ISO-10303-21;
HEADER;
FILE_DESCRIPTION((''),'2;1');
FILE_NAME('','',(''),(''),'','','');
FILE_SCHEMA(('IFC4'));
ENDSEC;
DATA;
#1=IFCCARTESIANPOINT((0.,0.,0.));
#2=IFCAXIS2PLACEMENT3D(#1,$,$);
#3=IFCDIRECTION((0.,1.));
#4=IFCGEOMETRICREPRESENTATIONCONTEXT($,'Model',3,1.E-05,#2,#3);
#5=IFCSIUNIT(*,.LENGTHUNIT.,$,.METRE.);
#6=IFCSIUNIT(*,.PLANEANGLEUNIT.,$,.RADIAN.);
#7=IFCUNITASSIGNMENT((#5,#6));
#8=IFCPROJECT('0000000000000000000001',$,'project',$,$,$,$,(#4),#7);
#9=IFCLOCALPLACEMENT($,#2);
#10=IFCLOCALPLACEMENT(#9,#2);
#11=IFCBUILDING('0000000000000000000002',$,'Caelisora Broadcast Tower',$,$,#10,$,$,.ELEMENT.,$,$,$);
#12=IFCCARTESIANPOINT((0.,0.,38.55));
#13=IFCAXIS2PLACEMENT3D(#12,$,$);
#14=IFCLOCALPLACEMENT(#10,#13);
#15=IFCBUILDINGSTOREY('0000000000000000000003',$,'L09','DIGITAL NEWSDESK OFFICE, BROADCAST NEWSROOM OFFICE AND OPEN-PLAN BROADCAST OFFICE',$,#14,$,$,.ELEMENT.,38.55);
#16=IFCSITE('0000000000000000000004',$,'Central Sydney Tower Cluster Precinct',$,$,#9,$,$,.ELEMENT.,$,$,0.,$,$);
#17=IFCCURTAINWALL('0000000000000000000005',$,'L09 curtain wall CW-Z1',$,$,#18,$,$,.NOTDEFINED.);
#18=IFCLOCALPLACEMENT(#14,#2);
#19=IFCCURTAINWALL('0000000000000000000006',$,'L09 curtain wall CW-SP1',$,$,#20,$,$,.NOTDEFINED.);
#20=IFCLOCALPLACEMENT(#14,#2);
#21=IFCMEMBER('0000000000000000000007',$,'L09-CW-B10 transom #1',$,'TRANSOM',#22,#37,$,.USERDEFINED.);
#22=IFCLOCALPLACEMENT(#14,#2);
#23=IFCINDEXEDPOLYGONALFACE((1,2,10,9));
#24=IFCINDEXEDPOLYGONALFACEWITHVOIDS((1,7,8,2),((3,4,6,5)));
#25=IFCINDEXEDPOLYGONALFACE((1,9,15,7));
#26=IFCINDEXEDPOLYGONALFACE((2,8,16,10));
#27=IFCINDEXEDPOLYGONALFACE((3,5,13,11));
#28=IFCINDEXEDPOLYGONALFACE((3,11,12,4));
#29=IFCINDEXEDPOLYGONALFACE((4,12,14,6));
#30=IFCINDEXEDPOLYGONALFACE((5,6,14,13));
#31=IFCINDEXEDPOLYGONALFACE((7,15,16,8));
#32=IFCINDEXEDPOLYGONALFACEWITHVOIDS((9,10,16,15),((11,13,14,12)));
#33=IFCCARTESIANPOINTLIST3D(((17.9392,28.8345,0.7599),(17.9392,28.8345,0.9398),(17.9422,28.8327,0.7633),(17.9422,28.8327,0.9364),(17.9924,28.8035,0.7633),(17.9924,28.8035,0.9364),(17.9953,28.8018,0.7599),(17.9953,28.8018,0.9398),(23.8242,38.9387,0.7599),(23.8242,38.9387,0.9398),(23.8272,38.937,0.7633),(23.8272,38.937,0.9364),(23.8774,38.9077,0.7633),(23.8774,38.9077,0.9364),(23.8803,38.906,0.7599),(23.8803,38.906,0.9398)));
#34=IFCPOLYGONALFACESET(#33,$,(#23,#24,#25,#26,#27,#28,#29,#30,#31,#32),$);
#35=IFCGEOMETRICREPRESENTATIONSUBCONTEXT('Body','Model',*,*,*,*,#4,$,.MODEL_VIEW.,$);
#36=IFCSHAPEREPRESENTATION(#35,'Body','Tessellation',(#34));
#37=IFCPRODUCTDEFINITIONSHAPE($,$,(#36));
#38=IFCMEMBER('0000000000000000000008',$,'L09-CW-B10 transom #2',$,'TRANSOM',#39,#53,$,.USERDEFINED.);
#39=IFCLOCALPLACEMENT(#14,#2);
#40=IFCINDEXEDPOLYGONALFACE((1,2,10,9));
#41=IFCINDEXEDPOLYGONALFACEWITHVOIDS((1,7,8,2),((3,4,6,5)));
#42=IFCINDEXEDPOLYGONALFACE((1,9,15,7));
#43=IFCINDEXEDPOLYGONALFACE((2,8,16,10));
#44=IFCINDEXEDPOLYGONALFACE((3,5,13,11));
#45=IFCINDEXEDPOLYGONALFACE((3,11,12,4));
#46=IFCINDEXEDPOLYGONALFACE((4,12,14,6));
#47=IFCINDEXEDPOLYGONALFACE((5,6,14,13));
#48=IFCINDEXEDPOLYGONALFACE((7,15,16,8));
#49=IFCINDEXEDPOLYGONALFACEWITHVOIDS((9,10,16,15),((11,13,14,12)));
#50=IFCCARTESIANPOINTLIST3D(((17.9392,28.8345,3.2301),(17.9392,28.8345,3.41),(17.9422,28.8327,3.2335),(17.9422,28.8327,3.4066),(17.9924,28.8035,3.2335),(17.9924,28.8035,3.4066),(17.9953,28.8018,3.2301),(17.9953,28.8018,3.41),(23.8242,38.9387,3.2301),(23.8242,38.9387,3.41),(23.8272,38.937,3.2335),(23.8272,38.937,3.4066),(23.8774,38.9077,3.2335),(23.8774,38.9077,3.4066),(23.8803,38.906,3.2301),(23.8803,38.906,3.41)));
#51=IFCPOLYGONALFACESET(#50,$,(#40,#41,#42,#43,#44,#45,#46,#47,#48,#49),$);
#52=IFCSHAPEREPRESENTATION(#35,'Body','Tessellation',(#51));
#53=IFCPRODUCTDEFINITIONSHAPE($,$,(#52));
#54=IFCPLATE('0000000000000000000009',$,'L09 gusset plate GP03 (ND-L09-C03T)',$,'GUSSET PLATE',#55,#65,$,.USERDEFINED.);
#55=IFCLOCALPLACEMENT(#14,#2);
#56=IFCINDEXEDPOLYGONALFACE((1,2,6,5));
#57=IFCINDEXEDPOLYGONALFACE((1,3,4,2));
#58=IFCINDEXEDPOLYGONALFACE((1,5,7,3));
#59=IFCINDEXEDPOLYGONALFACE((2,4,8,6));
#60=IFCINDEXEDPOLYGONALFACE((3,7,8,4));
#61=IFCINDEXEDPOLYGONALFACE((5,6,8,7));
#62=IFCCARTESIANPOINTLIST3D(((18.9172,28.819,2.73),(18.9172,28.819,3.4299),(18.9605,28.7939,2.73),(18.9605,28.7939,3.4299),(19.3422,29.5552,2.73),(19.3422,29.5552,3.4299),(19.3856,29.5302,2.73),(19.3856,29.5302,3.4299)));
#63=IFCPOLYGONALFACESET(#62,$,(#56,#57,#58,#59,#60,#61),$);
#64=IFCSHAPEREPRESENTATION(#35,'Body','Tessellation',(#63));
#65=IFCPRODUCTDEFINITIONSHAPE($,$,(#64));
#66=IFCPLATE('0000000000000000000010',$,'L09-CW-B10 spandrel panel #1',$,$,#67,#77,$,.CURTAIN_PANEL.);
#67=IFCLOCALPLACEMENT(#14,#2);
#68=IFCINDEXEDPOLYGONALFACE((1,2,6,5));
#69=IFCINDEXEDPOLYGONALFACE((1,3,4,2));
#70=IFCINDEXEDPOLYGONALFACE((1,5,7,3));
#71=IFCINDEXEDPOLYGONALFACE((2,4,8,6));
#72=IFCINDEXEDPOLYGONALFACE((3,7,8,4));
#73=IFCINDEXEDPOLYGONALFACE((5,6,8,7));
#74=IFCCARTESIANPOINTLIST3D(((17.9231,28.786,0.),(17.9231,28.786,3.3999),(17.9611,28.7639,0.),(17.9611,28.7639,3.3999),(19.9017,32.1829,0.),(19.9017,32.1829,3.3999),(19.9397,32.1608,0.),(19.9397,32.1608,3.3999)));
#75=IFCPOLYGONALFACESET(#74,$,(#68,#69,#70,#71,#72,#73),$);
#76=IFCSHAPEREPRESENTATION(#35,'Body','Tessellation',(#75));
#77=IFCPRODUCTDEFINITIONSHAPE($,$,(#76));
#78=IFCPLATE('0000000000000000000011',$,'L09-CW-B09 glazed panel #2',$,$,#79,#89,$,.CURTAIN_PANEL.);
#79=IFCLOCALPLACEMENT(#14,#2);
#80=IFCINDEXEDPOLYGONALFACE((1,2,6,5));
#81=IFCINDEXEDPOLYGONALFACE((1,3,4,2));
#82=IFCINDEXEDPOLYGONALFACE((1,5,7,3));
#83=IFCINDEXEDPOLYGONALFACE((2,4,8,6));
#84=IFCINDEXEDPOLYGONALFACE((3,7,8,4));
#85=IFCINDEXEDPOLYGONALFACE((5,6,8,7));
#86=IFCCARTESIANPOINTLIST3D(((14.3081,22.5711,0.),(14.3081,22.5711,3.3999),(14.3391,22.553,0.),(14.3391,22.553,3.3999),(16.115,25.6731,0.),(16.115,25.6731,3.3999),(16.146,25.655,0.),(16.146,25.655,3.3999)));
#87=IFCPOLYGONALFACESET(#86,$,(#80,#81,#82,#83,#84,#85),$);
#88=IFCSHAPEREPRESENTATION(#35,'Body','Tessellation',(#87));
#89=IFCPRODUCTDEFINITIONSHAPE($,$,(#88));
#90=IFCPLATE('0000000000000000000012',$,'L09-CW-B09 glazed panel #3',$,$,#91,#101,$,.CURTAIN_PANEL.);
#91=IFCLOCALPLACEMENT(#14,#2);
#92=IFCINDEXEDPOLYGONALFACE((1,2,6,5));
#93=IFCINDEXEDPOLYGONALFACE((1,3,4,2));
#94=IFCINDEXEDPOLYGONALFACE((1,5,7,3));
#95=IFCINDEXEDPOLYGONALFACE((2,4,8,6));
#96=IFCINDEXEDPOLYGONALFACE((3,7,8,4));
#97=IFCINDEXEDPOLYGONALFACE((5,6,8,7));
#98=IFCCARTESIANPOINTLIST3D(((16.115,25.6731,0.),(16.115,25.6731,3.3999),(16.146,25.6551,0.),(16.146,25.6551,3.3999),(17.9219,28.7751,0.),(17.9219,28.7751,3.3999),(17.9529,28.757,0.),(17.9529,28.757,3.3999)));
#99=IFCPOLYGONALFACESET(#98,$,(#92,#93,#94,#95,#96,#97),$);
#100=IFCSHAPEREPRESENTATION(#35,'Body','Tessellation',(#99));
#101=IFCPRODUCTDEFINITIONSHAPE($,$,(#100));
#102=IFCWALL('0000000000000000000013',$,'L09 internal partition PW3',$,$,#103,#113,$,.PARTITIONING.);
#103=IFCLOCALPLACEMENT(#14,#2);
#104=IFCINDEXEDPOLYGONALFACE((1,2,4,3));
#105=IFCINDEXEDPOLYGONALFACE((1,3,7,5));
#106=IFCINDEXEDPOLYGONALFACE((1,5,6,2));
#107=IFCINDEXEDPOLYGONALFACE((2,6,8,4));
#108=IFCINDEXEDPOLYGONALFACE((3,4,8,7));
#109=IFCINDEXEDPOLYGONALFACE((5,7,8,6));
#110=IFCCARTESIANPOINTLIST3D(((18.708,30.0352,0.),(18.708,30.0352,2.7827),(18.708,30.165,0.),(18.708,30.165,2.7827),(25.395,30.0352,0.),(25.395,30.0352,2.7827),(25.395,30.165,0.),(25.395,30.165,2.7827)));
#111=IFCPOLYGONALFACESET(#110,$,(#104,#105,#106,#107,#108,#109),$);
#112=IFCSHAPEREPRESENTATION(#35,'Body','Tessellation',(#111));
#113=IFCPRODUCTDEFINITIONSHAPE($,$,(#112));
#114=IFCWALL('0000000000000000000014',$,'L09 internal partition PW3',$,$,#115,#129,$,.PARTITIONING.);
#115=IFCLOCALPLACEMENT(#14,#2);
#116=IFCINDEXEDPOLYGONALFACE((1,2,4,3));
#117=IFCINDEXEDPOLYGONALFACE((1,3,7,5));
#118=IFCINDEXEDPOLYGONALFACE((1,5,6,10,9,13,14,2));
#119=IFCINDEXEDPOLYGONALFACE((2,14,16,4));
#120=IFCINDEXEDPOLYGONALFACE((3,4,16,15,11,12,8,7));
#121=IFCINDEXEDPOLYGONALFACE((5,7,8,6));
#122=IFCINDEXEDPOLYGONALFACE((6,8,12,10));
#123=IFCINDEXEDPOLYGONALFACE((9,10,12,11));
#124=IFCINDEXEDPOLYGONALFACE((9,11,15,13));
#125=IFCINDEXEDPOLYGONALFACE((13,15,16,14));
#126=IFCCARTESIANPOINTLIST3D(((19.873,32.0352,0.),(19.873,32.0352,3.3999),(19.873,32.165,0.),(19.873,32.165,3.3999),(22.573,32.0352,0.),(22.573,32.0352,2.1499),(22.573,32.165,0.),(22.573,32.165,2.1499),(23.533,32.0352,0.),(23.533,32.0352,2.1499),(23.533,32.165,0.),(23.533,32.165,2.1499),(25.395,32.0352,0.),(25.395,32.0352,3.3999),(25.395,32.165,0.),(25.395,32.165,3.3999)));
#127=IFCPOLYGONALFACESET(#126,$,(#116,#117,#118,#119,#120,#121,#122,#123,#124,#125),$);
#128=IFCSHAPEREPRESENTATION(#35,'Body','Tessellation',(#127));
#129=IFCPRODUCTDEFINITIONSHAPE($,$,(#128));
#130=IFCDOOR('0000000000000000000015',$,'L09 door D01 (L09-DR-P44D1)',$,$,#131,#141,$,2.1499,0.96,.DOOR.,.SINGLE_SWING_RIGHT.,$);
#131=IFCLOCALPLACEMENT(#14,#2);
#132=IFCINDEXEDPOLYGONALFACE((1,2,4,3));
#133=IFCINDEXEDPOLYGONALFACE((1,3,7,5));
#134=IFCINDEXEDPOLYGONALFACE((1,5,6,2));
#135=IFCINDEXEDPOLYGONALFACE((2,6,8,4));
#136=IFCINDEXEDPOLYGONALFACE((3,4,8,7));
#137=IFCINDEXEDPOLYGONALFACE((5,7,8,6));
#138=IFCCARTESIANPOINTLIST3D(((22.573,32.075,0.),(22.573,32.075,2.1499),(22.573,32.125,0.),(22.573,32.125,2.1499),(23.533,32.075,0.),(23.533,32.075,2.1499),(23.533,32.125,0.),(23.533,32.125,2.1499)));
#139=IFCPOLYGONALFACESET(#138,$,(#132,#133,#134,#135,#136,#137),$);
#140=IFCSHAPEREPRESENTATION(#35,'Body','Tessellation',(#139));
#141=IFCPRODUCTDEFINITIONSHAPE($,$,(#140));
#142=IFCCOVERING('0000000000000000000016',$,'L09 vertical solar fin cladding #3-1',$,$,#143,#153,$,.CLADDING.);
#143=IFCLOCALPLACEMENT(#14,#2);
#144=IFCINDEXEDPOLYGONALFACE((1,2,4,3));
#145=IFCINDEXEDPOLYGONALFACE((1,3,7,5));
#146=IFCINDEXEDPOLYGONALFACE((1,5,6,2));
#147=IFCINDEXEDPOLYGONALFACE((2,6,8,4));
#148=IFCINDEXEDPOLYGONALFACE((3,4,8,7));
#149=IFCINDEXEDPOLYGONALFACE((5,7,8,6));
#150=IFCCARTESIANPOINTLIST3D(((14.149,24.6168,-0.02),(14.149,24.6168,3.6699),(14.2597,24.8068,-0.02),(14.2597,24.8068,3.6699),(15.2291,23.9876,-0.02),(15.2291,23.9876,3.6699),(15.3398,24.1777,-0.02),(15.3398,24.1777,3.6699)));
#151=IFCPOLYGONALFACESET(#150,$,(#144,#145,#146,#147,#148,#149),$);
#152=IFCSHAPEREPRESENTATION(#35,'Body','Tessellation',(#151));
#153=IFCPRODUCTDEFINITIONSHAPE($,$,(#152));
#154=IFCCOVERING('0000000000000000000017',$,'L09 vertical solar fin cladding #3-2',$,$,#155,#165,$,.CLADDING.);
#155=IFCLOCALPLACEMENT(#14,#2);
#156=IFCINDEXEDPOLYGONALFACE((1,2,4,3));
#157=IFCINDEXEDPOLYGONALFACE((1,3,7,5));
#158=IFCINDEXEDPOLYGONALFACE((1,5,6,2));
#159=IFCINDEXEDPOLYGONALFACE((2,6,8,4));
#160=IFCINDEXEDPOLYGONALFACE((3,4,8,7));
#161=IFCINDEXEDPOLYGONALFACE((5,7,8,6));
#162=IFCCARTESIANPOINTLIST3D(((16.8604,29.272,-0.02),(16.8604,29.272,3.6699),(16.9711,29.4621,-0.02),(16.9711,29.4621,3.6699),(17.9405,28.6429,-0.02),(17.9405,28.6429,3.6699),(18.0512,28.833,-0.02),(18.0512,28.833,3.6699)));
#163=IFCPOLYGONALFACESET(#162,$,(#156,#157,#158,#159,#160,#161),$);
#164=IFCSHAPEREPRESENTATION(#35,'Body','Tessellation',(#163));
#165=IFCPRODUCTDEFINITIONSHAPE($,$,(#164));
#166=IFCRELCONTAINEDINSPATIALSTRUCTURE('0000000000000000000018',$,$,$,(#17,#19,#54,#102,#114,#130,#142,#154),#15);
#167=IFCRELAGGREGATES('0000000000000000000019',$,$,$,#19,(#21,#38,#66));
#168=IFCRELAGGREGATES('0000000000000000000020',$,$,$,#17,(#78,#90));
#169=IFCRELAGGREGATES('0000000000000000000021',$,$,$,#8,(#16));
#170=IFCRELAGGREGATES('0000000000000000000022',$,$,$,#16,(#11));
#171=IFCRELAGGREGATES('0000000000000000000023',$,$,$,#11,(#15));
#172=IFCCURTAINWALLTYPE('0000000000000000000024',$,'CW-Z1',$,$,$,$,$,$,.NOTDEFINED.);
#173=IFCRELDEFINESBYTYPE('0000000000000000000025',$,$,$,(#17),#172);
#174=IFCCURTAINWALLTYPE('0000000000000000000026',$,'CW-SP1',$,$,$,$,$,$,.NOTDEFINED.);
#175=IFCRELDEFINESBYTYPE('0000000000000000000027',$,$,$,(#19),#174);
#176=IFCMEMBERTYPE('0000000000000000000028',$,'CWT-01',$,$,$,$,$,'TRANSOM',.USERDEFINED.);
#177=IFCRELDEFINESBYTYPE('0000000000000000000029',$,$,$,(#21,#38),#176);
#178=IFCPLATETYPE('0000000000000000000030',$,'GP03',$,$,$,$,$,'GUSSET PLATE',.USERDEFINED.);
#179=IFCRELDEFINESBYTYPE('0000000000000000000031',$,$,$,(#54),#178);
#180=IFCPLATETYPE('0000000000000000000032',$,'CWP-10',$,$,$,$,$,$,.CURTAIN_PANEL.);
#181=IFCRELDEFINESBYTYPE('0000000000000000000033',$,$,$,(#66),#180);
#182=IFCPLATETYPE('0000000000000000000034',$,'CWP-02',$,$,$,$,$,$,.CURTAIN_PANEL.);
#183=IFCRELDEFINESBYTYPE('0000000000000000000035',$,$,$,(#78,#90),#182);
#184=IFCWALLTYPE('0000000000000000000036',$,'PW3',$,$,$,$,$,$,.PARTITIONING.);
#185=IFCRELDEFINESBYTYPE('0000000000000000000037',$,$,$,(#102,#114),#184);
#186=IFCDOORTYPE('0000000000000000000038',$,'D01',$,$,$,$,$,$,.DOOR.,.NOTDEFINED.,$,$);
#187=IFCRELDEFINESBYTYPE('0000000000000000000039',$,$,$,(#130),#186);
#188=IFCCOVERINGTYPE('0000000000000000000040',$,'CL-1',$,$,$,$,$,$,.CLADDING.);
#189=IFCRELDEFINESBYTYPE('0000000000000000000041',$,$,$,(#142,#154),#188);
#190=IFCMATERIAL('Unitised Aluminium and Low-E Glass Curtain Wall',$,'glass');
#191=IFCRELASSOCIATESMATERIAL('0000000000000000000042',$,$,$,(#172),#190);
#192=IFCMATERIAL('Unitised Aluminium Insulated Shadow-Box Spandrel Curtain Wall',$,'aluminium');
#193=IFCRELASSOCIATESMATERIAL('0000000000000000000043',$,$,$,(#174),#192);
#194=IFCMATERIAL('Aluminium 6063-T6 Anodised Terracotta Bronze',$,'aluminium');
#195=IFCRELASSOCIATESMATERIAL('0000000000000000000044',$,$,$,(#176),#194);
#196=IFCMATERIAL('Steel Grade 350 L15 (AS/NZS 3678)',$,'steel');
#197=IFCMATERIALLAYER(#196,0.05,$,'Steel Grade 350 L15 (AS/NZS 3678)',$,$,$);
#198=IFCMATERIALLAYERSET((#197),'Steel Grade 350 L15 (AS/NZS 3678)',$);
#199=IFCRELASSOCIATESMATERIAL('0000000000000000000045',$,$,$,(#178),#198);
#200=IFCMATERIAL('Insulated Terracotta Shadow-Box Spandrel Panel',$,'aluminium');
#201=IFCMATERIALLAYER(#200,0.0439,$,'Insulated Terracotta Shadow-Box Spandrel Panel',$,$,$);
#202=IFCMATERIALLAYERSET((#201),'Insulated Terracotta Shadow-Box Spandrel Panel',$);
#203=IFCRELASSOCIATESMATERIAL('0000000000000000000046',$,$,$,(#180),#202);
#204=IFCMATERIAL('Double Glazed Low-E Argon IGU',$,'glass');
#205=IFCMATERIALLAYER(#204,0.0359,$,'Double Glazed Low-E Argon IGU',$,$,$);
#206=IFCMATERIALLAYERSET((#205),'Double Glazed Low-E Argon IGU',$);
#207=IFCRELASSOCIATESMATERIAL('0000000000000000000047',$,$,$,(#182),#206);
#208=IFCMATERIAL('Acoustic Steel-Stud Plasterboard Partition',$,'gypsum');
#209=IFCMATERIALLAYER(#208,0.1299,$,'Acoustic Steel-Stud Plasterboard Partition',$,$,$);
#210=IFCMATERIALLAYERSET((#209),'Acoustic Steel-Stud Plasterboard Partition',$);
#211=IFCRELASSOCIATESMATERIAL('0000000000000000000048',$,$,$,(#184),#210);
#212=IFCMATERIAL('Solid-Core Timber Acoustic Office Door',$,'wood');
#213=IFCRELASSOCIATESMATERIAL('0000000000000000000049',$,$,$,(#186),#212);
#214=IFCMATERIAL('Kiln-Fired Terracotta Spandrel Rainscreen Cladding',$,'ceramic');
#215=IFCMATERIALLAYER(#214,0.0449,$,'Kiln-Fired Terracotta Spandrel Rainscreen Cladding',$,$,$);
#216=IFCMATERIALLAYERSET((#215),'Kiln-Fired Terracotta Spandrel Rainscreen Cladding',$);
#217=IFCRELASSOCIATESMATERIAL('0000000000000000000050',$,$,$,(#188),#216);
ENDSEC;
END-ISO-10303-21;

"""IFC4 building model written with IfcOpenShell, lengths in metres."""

from ifc_helpers import new_model, si_unit, direction, frame, frame_2d, origin, origin_2d, place, context, subcontext, project, spatial, rectangle, hollow_rectangle, extrude, source, transform, mapped, material, layer, layer_set, material_profile, profile_set, type_object, type_shapes, element, fill, aggregate, save


model = new_model("IFC4")

# Units and contexts
model_context = context("Model", 3, precision=1e-05, world=origin(), true_north=direction((0.0, 1.0)))
body_context = subcontext(model_context, "Body", "Model", "MODEL_VIEW")
ifc_project = project(units=[si_unit("LENGTHUNIT", "METRE"), si_unit("PLANEANGLEUNIT", "RADIAN")], contexts=[model_context])

# Site, building, storey
site_placement = place(None, origin())
site = spatial("IfcSite", under=ifc_project, at=site_placement, Name="Central Sydney Tower Cluster Precinct", CompositionType="ELEMENT", RefElevation=0.0)
building_placement = place(site_placement, origin())
building = spatial("IfcBuilding", under=site, at=building_placement, Name="Caelisora Broadcast Tower", CompositionType="ELEMENT")
storey_placement = place(building_placement, frame((0.0, 0.0, 38.55)))
storey = spatial("IfcBuildingStorey", under=building, at=storey_placement, Name="L09", Description="DIGITAL NEWSDESK OFFICE, BROADCAST NEWSROOM OFFICE AND OPEN-PLAN BROADCAST OFFICE", CompositionType="ELEMENT", Elevation=38.55)

# Shared definitions
ifc_material_1 = material(Name="Steel Grade 350 L15 (AS/NZS 3678)", Category="steel")

# Curtain walls, members
ifc_material_2 = material(Name="Unitised Aluminium and Low-E Glass Curtain Wall", Category="glass")
curtain_wall_type_1 = type_object("IfcCurtainWallType", Name="CW-Z1", PredefinedType="NOTDEFINED", material=ifc_material_2)
curtain_wall_1_placement = place(storey_placement, origin())
curtain_wall_1 = element("IfcCurtainWall", 1, at=curtain_wall_1_placement, inside=storey, type_object=curtain_wall_type_1, Name="L09 curtain wall CW-Z1", PredefinedType="NOTDEFINED")
ifc_material_3 = material(Name="Aluminium 6063-T6 Anodised Terracotta Bronze", Category="aluminium")
ifc_material_4 = material(Name="Unitised Aluminium Insulated Shadow-Box Spandrel Curtain Wall", Category="aluminium")
curtain_wall_type_2 = type_object("IfcCurtainWallType", Name="CW-SP1", PredefinedType="NOTDEFINED", material=ifc_material_4)
curtain_wall_2_placement = place(storey_placement, origin())
curtain_wall_2 = element("IfcCurtainWall", 2, at=curtain_wall_2_placement, inside=storey, type_object=curtain_wall_type_2, Name="L09 curtain wall CW-SP1", PredefinedType="NOTDEFINED")
ifc_material_profile_1 = material_profile(ifc_material_3, hollow_rectangle(XDim=0.0649, YDim=0.1799, WallThickness=0.0034, at=origin_2d()), Name="Aluminium 6063-T6 Anodised Terracotta Bronze")
ifc_profile_set_1 = profile_set([ifc_material_profile_1], Name="Aluminium 6063-T6 Anodised Terracotta Bronze")
member_type_1 = type_object("IfcMemberType", Name="CWT-01", ElementType="TRANSOM", PredefinedType="USERDEFINED", material=ifc_profile_set_1)
shared_shape_1 = source(origin(), body_context, "Body", "SweptSolid", [
    extrude(hollow_rectangle(XDim=0.0649, YDim=0.1799, WallThickness=0.0034, at=origin_2d()), origin(), (0.0, 0.0, 1.0), 11.6931),
])
type_shapes(member_type_1, [shared_shape_1])
member_1_placement = place(storey_placement, frame((17.9673, 28.8181, 0.8499), z_axis=(0.503288, 0.864119, 0.0), x_axis=(-0.864119, 0.503288, 0.0)))
member_1 = element("IfcMember", 3, at=member_1_placement, type_object=member_type_1, Name="L09-CW-B10 transom #1", ObjectType="TRANSOM", PredefinedType="USERDEFINED", context=body_context, shape_type="MappedRepresentation", body=[
    mapped(shared_shape_1, transform((0.0, 0.0, 0.0), scale=1.0)),
])
member_2_placement = place(storey_placement, frame((17.9673, 28.8181, 3.3201), z_axis=(0.503288, 0.864119, 0.0), x_axis=(-0.864119, 0.503288, 0.0)))
member_2 = element("IfcMember", 4, at=member_2_placement, type_object=member_type_1, Name="L09-CW-B10 transom #2", ObjectType="TRANSOM", PredefinedType="USERDEFINED", context=body_context, shape_type="MappedRepresentation", body=[
    mapped(shared_shape_1, transform((0.0, 0.0, 0.0), scale=1.0)),
])

# Plates
ifc_layer_1 = layer(ifc_material_1, 0.05, Name="Steel Grade 350 L15 (AS/NZS 3678)")
ifc_layer_set_1 = layer_set([ifc_layer_1], Name="Steel Grade 350 L15 (AS/NZS 3678)")
plate_type_1 = type_object("IfcPlateType", Name="GP03", ElementType="GUSSET PLATE", PredefinedType="USERDEFINED", material=ifc_layer_set_1)
shared_shape_2 = source(origin(), body_context, "Body", "SweptSolid", [
    extrude(rectangle(XDim=0.8501, YDim=0.05, at=origin_2d()), origin(), (0.0, 0.0, 1.0), 0.7),
])
type_shapes(plate_type_1, [shared_shape_2])
plate_1_placement = place(storey_placement, frame((19.1514, 29.1746, 2.73), z_axis=(0.0, 0.0, 1.0), x_axis=(-0.5, -0.866025, 0.0)))
element("IfcPlate", 5, at=plate_1_placement, inside=storey, type_object=plate_type_1, Name="L09 gusset plate GP03 (ND-L09-C03T)", ObjectType="GUSSET PLATE", PredefinedType="USERDEFINED", context=body_context, shape_type="MappedRepresentation", body=[
    mapped(shared_shape_2, transform((0.0, 0.0, 0.0), scale=1.0)),
])
ifc_material_5 = material(Name="Insulated Terracotta Shadow-Box Spandrel Panel", Category="aluminium")
ifc_layer_2 = layer(ifc_material_5, 0.0439, Name="Insulated Terracotta Shadow-Box Spandrel Panel")
ifc_layer_set_2 = layer_set([ifc_layer_2], Name="Insulated Terracotta Shadow-Box Spandrel Panel")
plate_type_2 = type_object("IfcPlateType", Name="CWP-10", PredefinedType="CURTAIN_PANEL", material=ifc_layer_set_2)
shared_shape_3 = source(origin(), body_context, "Body", "SweptSolid", [
    extrude(rectangle(XDim=3.9312, YDim=0.0439, at=origin_2d()), origin(), (0.0, 0.0, 1.0), 3.3999),
])
type_shapes(plate_type_2, [shared_shape_3])
plate_2_placement = place(storey_placement, frame((18.9314, 30.4734, 0.0), z_axis=(0.0, 0.0, 1.0), x_axis=(0.503322, 0.864099, 0.0)))
plate_2 = element("IfcPlate", 6, at=plate_2_placement, type_object=plate_type_2, Name="L09-CW-B10 spandrel panel #1", PredefinedType="CURTAIN_PANEL", context=body_context, shape_type="MappedRepresentation", body=[
    mapped(shared_shape_3, transform((0.0, 0.0, 0.0), scale=1.0)),
])
aggregate(curtain_wall_2, [member_1, member_2, plate_2])
ifc_material_6 = material(Name="Double Glazed Low-E Argon IGU", Category="glass")
ifc_layer_3 = layer(ifc_material_6, 0.0359, Name="Double Glazed Low-E Argon IGU")
ifc_layer_set_3 = layer_set([ifc_layer_3], Name="Double Glazed Low-E Argon IGU")
plate_type_3 = type_object("IfcPlateType", Name="CWP-02", PredefinedType="CURTAIN_PANEL", material=ifc_layer_set_3)
shared_shape_4 = source(origin(), body_context, "Body", "SweptSolid", [
    extrude(rectangle(XDim=3.5898, YDim=0.0359, at=origin_2d()), origin(), (0.0, 0.0, 1.0), 3.3999),
])
type_shapes(plate_type_3, [shared_shape_4])
plate_3_placement = place(storey_placement, frame((15.2271, 24.113, 0.0), z_axis=(0.0, 0.0, 1.0), x_axis=(0.503322, 0.864099, 0.0)))
plate_3 = element("IfcPlate", 7, at=plate_3_placement, type_object=plate_type_3, Name="L09-CW-B09 glazed panel #2", PredefinedType="CURTAIN_PANEL", context=body_context, shape_type="MappedRepresentation", body=[
    mapped(shared_shape_4, transform((0.0, 0.0, 0.0), scale=1.0)),
])
plate_4_placement = place(storey_placement, frame((17.0339, 27.2151, 0.0), z_axis=(0.0, 0.0, 1.0), x_axis=(0.503322, 0.864099, 0.0)))
plate_4 = element("IfcPlate", 8, at=plate_4_placement, type_object=plate_type_3, Name="L09-CW-B09 glazed panel #3", PredefinedType="CURTAIN_PANEL", context=body_context, shape_type="MappedRepresentation", body=[
    mapped(shared_shape_4, transform((0.0, 0.0, 0.0), scale=1.0)),
])
aggregate(curtain_wall_1, [plate_3, plate_4])

# Wall
ifc_material_7 = material(Name="Acoustic Steel-Stud Plasterboard Partition", Category="gypsum")
ifc_layer_4 = layer(ifc_material_7, 0.1299, Name="Acoustic Steel-Stud Plasterboard Partition")
ifc_layer_set_4 = layer_set([ifc_layer_4], Name="Acoustic Steel-Stud Plasterboard Partition")
wall_type = type_object("IfcWallType", Name="PW3", PredefinedType="PARTITIONING", material=ifc_layer_set_4)
wall_1_placement = place(storey_placement, frame((25.395, 30.1001, 0.0), z_axis=(0.0, 0.0, 1.0), x_axis=(-1.0, 0.0, 0.0)))
element("IfcWall", 9, at=wall_1_placement, inside=storey, type_object=wall_type, Name="L09 internal partition PW3", PredefinedType="PARTITIONING", context=body_context, shape_type="SweptSolid", body=[
    extrude(rectangle(XDim=6.687, YDim=0.1299, at=frame_2d((3.3435, 0.0))), origin(), (0.0, 0.0, 1.0), 2.7827),
])

# Wall, opening, door
wall_2_placement = place(storey_placement, frame((19.873, 32.1001, 0.0), z_axis=(0.0, 0.0, 1.0), x_axis=(1.0, 0.0, 0.0)))
wall_2 = element("IfcWall", 10, at=wall_2_placement, inside=storey, type_object=wall_type, Name="L09 internal partition PW3", PredefinedType="PARTITIONING", context=body_context, shape_type="SweptSolid", body=[
    extrude(rectangle(XDim=5.522, YDim=0.1299, at=frame_2d((2.761, 0.0))), origin(), (0.0, 0.0, 1.0), 3.3999),
])
opening_placement = place(wall_2_placement, frame((2.7, 0.0, 0.0)))
opening = element("IfcOpeningElement", 11, at=opening_placement, cuts=wall_2, PredefinedType="OPENING", context=body_context, shape_type="SweptSolid", body=[
    extrude(rectangle(XDim=0.96, YDim=2.1499, at=frame_2d((0.48, 1.075))), frame((0.0, 0.0769, 0.0), z_axis=(0.0, -1.0, 0.0), x_axis=(1.0, 0.0, 0.0)), (0.0, 0.0, 1.0), 0.1538),
])
ifc_material_8 = material(Name="Solid-Core Timber Acoustic Office Door", Category="wood")
door_type = type_object("IfcDoorType", Name="D01", OperationType="NOTDEFINED", PredefinedType="DOOR", material=ifc_material_8)
door_placement = place(opening_placement, origin())
door = element("IfcDoor", 12, at=door_placement, inside=storey, type_object=door_type, Name="L09 door D01 (L09-DR-P44D1)", OperationType="SINGLE_SWING_RIGHT", OverallHeight=2.1499, OverallWidth=0.96, PredefinedType="DOOR", context=body_context, shape_type="SweptSolid", body=[
    extrude(rectangle(XDim=0.96, YDim=2.1499, at=frame_2d((0.48, 1.075))), frame((0.0, 0.0249, 0.0), z_axis=(0.0, -1.0, 0.0), x_axis=(1.0, 0.0, 0.0)), (0.0, 0.0, 1.0), 0.05),
])
fill(opening, door)

# Coverings
ifc_material_9 = material(Name="Kiln-Fired Terracotta Spandrel Rainscreen Cladding", Category="ceramic")
ifc_layer_5 = layer(ifc_material_9, 0.0449, Name="Kiln-Fired Terracotta Spandrel Rainscreen Cladding")
ifc_layer_set_5 = layer_set([ifc_layer_5], Name="Kiln-Fired Terracotta Spandrel Rainscreen Cladding")
covering_type = type_object("IfcCoveringType", Name="CL-1", PredefinedType="CLADDING", material=ifc_layer_set_5)
shared_shape_5 = source(origin(), body_context, "Body", "SweptSolid", [
    extrude(rectangle(XDim=0.22, YDim=1.25, at=origin_2d()), origin(), (0.0, 0.0, 1.0), 3.6899),
])
type_shapes(covering_type, [shared_shape_5])
for number, where, z_axis, x_axis, name in (
    (13, (14.7444, 24.3972, -0.02), (0.0, 0.0, 1.0), (0.503322, 0.864099, 0.0), "L09 vertical solar fin cladding #3-1"),
    (14, (17.4558, 29.0525, -0.02), (0.0, 0.0, 1.0), (0.503322, 0.864099, 0.0), "L09 vertical solar fin cladding #3-2"),
):
    element("IfcCovering", number, at=place(storey_placement, frame(where, z_axis=z_axis, x_axis=x_axis)), inside=storey, type_object=covering_type, Name=name, PredefinedType="CLADDING", context=body_context, shape_type="MappedRepresentation", body=[
        mapped(shared_shape_5, transform((0.0, 0.0, 0.0), scale=1.0)),
    ])

save(model, "model.ifc")
